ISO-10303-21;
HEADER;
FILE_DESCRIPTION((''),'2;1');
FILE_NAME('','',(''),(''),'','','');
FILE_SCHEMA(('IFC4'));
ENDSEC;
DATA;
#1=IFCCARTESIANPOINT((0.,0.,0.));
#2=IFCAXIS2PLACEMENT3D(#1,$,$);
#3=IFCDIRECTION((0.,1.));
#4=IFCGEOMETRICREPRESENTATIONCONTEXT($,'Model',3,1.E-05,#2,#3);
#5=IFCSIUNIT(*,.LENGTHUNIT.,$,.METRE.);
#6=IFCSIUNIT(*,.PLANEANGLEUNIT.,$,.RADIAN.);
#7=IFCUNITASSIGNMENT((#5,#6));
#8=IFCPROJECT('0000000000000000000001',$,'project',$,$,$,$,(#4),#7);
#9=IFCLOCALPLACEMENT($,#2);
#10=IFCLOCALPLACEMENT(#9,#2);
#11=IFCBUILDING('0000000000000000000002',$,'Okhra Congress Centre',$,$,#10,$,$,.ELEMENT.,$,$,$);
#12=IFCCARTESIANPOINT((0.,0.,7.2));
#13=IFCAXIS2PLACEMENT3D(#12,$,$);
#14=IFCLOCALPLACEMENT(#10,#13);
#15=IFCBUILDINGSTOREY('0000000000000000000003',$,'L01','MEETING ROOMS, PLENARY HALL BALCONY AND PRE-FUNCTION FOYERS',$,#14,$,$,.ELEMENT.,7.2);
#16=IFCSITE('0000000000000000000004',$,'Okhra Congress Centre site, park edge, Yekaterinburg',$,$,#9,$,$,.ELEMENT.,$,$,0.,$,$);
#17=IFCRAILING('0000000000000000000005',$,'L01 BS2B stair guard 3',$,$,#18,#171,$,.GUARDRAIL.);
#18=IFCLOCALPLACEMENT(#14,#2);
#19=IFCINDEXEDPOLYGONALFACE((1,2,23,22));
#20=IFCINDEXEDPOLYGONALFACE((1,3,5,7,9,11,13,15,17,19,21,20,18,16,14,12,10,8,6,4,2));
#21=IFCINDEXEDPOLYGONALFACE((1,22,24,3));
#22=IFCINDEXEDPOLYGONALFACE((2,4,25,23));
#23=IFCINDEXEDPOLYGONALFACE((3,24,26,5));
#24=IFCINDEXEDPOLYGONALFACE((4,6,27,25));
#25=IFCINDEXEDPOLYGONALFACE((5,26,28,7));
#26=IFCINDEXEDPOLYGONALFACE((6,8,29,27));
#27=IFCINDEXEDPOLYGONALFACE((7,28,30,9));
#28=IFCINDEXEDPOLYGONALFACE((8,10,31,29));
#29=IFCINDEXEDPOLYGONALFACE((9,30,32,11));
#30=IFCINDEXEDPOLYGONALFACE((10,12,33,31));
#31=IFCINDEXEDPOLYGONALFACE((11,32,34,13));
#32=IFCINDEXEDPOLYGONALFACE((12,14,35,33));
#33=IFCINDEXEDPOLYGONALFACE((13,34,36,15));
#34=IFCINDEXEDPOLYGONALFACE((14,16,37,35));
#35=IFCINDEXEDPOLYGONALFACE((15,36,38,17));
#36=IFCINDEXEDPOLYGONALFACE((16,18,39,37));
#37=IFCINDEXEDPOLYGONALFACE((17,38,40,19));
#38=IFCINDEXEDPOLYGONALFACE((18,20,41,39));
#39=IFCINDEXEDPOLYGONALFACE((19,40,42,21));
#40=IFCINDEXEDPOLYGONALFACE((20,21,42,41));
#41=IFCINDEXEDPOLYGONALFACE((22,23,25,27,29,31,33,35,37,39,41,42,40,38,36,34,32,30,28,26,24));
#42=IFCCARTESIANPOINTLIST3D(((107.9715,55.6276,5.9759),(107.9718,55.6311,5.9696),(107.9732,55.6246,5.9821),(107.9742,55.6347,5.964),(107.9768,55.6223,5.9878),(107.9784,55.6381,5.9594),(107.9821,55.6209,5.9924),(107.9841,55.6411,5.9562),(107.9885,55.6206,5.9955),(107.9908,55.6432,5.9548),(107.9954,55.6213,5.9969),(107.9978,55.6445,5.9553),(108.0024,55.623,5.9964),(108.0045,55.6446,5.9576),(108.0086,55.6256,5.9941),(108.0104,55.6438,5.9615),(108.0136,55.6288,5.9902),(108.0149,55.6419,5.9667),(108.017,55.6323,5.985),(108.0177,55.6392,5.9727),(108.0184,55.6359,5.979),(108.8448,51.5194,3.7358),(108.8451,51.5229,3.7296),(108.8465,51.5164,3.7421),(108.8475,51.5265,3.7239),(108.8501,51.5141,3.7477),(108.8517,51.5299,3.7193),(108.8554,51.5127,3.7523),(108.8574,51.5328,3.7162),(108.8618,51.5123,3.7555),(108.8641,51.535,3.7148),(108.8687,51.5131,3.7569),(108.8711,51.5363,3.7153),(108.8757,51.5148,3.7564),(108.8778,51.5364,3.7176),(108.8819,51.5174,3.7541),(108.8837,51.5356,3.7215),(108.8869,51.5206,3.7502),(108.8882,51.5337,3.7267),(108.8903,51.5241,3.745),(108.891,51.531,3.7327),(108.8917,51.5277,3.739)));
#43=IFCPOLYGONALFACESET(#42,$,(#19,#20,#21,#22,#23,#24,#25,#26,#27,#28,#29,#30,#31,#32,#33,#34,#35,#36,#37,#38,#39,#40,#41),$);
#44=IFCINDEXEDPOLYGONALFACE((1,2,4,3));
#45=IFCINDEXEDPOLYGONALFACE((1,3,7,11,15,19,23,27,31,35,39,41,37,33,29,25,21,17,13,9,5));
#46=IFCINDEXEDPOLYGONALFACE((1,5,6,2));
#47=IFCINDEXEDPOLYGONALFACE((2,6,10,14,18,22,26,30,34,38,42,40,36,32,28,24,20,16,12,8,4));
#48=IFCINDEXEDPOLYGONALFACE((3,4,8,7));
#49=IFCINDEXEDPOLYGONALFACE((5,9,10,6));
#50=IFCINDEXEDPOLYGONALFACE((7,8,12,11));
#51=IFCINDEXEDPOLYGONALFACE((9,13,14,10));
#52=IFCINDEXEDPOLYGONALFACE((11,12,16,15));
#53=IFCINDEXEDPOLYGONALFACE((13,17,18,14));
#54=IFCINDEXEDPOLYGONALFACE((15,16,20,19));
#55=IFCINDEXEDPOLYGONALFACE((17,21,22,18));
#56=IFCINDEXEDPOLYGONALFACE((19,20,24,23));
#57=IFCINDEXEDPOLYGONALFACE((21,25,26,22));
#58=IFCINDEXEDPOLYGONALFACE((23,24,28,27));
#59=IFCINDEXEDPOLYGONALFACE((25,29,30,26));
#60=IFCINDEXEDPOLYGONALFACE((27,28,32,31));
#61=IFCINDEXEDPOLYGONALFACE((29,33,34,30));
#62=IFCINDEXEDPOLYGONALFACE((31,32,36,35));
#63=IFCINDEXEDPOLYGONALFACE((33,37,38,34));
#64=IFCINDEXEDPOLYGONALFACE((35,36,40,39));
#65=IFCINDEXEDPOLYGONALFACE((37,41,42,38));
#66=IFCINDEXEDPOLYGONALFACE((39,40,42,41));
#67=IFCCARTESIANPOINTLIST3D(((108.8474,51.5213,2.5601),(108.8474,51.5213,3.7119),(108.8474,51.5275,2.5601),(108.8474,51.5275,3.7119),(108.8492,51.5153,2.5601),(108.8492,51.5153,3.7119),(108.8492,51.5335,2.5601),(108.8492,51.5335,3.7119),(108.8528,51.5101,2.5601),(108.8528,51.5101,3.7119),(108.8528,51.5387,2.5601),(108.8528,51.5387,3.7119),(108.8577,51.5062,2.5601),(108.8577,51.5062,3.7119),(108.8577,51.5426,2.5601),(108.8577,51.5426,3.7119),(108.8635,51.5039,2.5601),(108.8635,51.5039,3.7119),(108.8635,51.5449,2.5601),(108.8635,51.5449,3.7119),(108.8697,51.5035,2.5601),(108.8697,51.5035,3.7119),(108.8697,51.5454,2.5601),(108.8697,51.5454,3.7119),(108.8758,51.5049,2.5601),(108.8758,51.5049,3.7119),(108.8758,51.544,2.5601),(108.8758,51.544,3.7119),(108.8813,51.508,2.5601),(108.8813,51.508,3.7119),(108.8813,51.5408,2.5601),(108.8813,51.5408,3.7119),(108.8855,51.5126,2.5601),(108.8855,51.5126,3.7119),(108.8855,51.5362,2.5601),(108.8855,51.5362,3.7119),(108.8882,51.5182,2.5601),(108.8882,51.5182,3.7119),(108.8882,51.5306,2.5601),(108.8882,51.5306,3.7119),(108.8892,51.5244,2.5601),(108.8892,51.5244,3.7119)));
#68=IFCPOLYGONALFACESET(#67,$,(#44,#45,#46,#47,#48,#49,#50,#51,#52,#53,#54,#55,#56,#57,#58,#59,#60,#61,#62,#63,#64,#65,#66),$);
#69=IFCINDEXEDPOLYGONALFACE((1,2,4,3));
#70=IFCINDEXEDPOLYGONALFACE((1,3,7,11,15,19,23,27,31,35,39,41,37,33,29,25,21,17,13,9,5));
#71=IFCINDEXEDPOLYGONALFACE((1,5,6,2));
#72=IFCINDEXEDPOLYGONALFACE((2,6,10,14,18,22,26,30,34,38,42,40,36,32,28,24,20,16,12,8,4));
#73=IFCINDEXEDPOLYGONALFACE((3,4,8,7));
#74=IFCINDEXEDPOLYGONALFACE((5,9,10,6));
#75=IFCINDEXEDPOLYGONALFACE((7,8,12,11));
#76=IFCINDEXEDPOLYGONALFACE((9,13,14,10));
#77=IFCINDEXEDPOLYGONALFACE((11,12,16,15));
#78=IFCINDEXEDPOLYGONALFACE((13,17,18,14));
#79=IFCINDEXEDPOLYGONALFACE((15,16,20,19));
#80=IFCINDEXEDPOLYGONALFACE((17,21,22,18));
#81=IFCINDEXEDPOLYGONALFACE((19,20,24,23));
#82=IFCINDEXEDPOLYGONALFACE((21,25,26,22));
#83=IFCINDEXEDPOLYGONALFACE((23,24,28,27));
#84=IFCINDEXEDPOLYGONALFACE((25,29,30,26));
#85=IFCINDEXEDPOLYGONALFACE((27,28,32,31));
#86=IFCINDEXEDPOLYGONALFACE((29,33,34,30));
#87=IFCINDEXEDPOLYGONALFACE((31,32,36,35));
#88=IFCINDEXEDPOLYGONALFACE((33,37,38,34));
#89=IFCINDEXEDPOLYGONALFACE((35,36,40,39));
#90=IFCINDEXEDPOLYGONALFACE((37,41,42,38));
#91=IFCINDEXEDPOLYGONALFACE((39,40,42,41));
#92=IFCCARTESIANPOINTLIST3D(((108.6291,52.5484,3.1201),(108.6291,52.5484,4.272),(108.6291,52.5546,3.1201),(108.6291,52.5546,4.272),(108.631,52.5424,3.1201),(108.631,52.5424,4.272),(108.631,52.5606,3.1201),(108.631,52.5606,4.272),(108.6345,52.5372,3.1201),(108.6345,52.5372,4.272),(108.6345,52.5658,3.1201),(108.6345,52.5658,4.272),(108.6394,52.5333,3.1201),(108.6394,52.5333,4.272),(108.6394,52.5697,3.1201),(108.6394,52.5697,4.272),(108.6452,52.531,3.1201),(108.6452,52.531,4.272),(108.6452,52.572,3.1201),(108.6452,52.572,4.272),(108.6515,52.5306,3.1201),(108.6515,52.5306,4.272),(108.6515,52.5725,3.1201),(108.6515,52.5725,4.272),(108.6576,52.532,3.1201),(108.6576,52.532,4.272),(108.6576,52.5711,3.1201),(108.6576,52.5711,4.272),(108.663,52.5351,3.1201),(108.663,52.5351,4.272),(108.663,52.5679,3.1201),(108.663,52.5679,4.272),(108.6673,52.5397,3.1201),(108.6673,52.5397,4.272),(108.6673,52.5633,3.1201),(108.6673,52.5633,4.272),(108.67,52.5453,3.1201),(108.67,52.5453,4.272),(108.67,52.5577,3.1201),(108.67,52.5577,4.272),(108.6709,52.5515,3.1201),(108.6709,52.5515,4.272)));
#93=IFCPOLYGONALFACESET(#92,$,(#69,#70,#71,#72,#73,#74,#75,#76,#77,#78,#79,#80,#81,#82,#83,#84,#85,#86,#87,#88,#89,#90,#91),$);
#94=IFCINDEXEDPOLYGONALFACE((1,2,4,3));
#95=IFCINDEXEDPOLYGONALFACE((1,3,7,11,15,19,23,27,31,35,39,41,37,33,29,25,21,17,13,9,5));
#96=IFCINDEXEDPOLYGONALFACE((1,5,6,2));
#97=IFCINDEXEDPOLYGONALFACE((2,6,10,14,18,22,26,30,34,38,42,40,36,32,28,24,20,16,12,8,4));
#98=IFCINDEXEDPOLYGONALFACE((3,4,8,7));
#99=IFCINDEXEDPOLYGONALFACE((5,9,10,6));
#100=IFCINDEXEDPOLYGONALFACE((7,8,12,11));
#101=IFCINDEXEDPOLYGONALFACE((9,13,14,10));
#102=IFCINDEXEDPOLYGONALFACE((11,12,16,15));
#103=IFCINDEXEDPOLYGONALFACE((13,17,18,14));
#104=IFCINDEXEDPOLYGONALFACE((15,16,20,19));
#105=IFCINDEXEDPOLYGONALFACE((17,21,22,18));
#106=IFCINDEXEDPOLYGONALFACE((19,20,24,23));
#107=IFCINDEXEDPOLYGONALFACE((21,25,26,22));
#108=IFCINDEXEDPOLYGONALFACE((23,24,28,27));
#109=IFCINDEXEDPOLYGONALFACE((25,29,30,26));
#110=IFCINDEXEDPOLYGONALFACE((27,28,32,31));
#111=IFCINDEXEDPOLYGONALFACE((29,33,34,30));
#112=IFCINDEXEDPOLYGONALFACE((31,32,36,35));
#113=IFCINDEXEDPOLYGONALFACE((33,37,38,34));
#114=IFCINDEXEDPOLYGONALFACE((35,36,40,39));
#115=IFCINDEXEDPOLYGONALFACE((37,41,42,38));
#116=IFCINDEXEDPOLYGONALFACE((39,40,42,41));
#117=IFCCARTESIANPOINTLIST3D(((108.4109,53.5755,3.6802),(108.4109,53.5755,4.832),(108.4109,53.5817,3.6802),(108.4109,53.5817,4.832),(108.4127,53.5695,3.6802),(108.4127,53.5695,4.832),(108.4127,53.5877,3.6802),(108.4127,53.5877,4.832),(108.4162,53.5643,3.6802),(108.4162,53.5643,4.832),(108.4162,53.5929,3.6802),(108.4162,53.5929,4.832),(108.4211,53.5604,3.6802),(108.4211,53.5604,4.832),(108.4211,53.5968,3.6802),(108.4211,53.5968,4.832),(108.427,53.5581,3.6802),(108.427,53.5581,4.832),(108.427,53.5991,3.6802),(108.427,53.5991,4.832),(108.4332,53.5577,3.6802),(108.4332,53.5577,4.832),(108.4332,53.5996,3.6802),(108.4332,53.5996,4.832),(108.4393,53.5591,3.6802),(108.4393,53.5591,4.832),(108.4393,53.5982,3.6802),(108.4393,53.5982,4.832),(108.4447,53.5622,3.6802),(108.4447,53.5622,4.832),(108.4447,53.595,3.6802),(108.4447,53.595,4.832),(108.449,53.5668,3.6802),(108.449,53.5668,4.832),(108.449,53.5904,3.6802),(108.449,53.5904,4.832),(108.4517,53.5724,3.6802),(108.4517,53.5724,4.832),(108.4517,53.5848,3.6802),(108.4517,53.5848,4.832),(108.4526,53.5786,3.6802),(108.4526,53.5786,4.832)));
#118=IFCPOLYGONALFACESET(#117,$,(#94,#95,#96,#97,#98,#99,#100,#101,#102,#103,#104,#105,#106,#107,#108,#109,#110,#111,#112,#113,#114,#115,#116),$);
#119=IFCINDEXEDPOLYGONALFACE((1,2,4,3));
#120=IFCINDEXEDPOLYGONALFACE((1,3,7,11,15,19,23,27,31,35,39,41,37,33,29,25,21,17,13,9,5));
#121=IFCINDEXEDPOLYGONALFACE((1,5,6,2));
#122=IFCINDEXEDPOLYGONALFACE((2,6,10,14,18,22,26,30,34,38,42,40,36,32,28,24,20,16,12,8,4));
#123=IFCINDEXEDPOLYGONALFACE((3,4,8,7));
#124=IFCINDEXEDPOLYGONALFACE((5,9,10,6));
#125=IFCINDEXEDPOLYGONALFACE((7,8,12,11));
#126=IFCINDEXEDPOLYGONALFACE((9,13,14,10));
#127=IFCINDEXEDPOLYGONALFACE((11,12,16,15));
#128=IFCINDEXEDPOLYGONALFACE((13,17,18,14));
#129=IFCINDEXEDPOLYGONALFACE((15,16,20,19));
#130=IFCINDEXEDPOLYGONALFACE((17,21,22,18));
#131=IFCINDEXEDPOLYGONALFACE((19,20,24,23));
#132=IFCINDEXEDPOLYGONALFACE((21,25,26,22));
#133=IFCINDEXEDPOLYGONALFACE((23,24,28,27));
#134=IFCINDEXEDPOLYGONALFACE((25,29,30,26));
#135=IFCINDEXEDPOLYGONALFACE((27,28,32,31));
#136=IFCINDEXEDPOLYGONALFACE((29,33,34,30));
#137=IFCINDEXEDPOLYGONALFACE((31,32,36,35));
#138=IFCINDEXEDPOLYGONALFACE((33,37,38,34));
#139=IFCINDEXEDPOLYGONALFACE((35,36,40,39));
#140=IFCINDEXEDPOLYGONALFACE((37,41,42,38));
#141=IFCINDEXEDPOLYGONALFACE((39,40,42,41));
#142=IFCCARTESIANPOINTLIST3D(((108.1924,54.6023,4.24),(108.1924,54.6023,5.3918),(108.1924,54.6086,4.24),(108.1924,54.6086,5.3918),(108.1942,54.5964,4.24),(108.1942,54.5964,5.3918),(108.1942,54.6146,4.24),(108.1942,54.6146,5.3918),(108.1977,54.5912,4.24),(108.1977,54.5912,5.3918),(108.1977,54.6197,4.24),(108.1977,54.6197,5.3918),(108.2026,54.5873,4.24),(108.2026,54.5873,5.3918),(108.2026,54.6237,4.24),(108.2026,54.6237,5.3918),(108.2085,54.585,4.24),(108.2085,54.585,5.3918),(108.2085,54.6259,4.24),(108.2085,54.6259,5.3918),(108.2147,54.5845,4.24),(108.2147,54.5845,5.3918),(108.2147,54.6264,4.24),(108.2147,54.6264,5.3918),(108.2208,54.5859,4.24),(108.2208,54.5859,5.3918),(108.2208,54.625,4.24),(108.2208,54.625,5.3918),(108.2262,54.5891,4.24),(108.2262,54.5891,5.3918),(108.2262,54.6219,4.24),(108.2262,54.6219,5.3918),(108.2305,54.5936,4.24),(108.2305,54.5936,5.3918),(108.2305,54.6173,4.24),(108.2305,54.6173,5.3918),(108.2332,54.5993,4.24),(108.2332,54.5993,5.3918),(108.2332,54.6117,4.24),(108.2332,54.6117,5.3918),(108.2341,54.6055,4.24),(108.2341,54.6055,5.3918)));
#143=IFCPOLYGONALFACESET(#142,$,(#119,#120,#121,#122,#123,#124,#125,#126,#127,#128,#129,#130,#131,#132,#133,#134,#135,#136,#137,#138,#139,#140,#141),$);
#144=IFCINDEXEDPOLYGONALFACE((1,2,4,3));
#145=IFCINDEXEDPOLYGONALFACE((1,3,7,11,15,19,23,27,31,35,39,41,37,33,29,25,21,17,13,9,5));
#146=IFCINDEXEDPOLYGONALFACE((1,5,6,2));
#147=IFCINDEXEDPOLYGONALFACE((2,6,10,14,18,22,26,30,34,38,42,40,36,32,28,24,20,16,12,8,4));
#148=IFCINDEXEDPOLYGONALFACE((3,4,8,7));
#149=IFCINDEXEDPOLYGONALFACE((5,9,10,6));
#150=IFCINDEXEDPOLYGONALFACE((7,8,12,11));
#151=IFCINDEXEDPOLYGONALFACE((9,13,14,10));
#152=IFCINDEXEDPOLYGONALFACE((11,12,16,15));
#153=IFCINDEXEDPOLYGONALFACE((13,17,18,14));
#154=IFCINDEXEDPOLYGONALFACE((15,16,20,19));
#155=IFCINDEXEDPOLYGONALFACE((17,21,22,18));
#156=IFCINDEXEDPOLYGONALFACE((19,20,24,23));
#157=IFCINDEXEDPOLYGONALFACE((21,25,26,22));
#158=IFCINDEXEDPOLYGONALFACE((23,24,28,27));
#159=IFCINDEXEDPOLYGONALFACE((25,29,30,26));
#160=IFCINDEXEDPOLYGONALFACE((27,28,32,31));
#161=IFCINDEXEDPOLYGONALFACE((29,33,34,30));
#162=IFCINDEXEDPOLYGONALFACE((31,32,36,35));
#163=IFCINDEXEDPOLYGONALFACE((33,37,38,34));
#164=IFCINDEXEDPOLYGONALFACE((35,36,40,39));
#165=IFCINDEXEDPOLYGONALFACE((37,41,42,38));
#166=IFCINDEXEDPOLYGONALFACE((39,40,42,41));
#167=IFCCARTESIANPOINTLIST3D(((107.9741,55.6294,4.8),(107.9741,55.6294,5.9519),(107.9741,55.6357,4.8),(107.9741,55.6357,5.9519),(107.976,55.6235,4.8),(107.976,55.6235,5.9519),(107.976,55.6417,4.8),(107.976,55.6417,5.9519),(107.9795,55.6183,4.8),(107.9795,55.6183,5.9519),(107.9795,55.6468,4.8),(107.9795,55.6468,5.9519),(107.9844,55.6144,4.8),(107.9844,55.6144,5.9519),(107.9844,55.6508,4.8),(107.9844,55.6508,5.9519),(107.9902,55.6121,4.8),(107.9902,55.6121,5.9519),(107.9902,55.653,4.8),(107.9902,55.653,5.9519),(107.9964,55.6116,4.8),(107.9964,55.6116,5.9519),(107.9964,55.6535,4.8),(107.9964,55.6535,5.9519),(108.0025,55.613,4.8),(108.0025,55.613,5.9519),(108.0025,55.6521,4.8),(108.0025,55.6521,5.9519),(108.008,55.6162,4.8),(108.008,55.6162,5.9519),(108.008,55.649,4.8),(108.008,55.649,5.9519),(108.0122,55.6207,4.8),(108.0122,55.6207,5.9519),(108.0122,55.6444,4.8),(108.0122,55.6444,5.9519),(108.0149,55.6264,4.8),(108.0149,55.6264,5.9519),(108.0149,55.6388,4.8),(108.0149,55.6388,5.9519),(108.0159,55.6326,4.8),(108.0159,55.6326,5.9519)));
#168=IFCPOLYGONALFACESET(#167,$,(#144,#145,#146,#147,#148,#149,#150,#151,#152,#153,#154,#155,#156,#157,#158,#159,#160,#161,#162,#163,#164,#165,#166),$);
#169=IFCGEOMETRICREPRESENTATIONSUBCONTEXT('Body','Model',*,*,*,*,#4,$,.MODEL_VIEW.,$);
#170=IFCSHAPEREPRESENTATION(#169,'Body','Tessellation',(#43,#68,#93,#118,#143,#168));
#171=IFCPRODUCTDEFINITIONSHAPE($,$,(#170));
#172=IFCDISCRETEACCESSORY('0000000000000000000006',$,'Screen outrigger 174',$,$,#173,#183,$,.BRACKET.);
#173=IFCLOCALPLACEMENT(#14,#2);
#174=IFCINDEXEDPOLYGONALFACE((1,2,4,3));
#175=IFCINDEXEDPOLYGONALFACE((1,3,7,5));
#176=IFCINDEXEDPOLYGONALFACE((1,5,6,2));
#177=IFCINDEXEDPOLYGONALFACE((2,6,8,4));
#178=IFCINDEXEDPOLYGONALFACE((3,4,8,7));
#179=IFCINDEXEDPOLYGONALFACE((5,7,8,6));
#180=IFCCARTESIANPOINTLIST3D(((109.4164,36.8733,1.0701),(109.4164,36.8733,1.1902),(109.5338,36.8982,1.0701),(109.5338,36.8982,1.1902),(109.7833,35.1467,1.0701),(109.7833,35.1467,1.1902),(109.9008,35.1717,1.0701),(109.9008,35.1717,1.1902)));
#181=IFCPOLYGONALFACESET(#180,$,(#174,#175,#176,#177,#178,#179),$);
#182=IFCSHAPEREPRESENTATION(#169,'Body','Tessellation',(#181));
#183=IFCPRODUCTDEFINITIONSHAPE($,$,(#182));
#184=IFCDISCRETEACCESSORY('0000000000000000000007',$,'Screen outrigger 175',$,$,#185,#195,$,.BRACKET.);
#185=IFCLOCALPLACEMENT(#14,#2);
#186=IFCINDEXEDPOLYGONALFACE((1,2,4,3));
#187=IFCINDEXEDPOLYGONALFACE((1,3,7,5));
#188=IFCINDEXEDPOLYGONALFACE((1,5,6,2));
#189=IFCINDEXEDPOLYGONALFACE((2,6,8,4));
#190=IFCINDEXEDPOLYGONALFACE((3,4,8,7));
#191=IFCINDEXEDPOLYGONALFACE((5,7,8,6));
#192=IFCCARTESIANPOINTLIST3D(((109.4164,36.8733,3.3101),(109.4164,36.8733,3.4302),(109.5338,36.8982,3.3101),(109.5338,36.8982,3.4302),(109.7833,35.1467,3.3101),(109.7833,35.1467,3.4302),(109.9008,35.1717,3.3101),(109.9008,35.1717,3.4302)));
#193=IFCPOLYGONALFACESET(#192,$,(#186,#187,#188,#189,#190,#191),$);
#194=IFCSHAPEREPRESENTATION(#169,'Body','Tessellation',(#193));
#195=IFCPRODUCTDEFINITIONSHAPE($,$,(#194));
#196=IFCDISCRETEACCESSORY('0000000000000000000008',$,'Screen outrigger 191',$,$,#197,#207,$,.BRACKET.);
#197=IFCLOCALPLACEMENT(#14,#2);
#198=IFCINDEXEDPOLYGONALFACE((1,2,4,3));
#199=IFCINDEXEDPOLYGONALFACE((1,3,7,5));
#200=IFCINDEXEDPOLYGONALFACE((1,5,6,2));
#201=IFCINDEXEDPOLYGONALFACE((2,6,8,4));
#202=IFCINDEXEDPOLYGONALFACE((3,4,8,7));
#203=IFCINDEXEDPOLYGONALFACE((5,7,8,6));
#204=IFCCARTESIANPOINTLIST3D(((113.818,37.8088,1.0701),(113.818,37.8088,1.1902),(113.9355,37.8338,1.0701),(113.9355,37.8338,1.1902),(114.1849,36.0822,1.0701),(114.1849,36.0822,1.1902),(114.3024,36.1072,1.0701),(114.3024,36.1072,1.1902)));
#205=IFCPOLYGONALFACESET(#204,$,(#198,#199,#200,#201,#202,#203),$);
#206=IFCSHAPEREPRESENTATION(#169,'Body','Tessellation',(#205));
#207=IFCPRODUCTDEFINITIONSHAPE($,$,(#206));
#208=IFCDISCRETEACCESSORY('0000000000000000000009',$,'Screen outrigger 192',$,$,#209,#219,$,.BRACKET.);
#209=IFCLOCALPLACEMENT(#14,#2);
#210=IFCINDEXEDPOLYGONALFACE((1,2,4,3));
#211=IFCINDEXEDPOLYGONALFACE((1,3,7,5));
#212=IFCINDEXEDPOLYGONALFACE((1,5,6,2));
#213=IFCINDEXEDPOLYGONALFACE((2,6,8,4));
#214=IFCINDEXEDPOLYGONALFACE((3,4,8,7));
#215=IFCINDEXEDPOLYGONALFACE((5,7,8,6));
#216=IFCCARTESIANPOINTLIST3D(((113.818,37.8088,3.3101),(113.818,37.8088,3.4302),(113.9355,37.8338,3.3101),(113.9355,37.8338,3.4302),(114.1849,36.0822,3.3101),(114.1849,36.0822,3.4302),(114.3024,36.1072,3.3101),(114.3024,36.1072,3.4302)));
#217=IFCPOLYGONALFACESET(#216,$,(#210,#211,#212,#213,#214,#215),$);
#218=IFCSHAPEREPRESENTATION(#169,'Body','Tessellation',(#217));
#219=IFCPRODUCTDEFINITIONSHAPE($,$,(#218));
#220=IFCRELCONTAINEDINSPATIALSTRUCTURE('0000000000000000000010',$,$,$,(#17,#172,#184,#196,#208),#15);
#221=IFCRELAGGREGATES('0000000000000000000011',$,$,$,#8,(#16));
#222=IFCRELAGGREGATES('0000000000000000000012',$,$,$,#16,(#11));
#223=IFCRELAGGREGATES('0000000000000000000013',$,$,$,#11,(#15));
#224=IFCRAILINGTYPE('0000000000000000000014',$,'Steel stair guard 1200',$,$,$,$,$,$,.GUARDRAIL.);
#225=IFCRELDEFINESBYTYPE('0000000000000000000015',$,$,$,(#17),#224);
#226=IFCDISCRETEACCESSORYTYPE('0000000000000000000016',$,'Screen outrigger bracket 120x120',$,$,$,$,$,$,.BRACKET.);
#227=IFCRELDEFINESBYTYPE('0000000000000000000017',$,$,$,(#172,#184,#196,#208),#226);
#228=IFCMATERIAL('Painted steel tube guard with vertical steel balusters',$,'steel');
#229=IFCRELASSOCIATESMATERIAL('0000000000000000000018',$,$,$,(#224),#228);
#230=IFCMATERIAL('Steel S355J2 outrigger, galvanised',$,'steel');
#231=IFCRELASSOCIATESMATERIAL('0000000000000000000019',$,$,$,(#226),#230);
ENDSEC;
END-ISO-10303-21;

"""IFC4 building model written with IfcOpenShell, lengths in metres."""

from ifc_helpers import new_model, si_unit, direction, frame, origin, origin_2d, place, context, subcontext, project, spatial, rectangle, circle, extrude, material, material_profile, profile_set, type_object, element, save


model = new_model("IFC4")

# Units and contexts
model_context = context("Model", 3, precision=1e-05, world=origin(), true_north=direction((0.0, 1.0)))
body_context = subcontext(model_context, "Body", "Model", "MODEL_VIEW")
ifc_project = project(units=[si_unit("LENGTHUNIT", "METRE"), si_unit("PLANEANGLEUNIT", "RADIAN")], contexts=[model_context])

# Site, building, storey
site_placement = place(None, origin())
site = spatial("IfcSite", under=ifc_project, at=site_placement, Name="Okhra Congress Centre site, park edge, Yekaterinburg", CompositionType="ELEMENT", RefElevation=0.0)
building_placement = place(site_placement, origin())
building = spatial("IfcBuilding", under=site, at=building_placement, Name="Okhra Congress Centre", CompositionType="ELEMENT")
storey_placement = place(building_placement, frame((0.0, 0.0, 7.2)))
storey = spatial("IfcBuildingStorey", under=building, at=storey_placement, Name="L01", Description="MEETING ROOMS, PLENARY HALL BALCONY AND PRE-FUNCTION FOYERS", CompositionType="ELEMENT", Elevation=7.2)

# Railing
ifc_material_1 = material(Name="Painted steel tube guard with vertical steel balusters", Category="steel")
railing_type = type_object("IfcRailingType", Name="Steel stair guard 1200", PredefinedType="GUARDRAIL", material=ifc_material_1)
railing_1_placement = place(storey_placement, frame((108.8682, 51.5244, 2.5601)))
element("IfcRailing", 1, at=railing_1_placement, inside=storey, type_object=railing_type, Name="L01 BS2B stair guard 3", PredefinedType="GUARDRAIL", context=body_context, shape_type="SweptSolid", body=[
    extrude(circle(Radius=0.0239, at=origin_2d()), frame((0.0, 0.0, 1.1758), z_axis=(-0.183466, 0.863067, 0.470591), x_axis=(-0.978144, -0.207929, 0.0)), (0.0, 0.0, 1.0), 4.76),
    extrude(circle(Radius=0.021, at=origin_2d()), origin(), (0.0, 0.0, 1.0), 1.1519),
    extrude(circle(Radius=0.021, at=origin_2d()), frame((-0.2183, 1.0271, 0.5601)), (0.0, 0.0, 1.0), 1.1519),
    extrude(circle(Radius=0.021, at=origin_2d()), frame((-0.4365, 2.0542, 1.1201)), (0.0, 0.0, 1.0), 1.1519),
    extrude(circle(Radius=0.021, at=origin_2d()), frame((-0.655, 3.0811, 1.6799)), (0.0, 0.0, 1.0), 1.1519),
    extrude(circle(Radius=0.021, at=origin_2d()), frame((-0.8733, 4.1082, 2.24)), (0.0, 0.0, 1.0), 1.1519),
])

# Discrete accessories
ifc_material_2 = material(Name="Steel S355J2 outrigger, galvanised", Category="steel")
ifc_material_profile_1 = material_profile(ifc_material_2, rectangle(XDim=0.1201, YDim=0.1201, at=origin_2d()), Name="Screen outrigger bracket 120x120")
ifc_profile_set_1 = profile_set([ifc_material_profile_1], Name="Steel S355J2 outrigger, galvanised")
discrete_accessory_type = type_object("IfcDiscreteAccessoryType", Name="Screen outrigger bracket 120x120", PredefinedType="BRACKET", material=ifc_profile_set_1)
for number, where, z_axis, x_axis, name in (
    (2, (109.4751, 36.8857, 1.1301), (0.207885, -0.978153, 0.0), (0.978153, 0.207885, 0.0), "Screen outrigger 174"),
    (3, (109.4751, 36.8857, 3.3701), (0.207885, -0.978153, 0.0), (0.978153, 0.207885, 0.0), "Screen outrigger 175"),
    (4, (113.8767, 37.8213, 1.1301), (0.207885, -0.978153, 0.0), (0.978153, 0.207885, 0.0), "Screen outrigger 191"),
    (5, (113.8767, 37.8213, 3.3701), (0.207885, -0.978153, 0.0), (0.978153, 0.207885, 0.0), "Screen outrigger 192"),
):
    element("IfcDiscreteAccessory", number, at=place(storey_placement, frame(where, z_axis=z_axis, x_axis=x_axis)), inside=storey, type_object=discrete_accessory_type, Name=name, PredefinedType="BRACKET", context=body_context, shape_type="SweptSolid", body=[
        extrude(rectangle(XDim=0.1201, YDim=0.1201, at=origin_2d()), origin(), (0.0, 0.0, 1.0), 1.7651),
    ])

save(model, "model.ifc")
